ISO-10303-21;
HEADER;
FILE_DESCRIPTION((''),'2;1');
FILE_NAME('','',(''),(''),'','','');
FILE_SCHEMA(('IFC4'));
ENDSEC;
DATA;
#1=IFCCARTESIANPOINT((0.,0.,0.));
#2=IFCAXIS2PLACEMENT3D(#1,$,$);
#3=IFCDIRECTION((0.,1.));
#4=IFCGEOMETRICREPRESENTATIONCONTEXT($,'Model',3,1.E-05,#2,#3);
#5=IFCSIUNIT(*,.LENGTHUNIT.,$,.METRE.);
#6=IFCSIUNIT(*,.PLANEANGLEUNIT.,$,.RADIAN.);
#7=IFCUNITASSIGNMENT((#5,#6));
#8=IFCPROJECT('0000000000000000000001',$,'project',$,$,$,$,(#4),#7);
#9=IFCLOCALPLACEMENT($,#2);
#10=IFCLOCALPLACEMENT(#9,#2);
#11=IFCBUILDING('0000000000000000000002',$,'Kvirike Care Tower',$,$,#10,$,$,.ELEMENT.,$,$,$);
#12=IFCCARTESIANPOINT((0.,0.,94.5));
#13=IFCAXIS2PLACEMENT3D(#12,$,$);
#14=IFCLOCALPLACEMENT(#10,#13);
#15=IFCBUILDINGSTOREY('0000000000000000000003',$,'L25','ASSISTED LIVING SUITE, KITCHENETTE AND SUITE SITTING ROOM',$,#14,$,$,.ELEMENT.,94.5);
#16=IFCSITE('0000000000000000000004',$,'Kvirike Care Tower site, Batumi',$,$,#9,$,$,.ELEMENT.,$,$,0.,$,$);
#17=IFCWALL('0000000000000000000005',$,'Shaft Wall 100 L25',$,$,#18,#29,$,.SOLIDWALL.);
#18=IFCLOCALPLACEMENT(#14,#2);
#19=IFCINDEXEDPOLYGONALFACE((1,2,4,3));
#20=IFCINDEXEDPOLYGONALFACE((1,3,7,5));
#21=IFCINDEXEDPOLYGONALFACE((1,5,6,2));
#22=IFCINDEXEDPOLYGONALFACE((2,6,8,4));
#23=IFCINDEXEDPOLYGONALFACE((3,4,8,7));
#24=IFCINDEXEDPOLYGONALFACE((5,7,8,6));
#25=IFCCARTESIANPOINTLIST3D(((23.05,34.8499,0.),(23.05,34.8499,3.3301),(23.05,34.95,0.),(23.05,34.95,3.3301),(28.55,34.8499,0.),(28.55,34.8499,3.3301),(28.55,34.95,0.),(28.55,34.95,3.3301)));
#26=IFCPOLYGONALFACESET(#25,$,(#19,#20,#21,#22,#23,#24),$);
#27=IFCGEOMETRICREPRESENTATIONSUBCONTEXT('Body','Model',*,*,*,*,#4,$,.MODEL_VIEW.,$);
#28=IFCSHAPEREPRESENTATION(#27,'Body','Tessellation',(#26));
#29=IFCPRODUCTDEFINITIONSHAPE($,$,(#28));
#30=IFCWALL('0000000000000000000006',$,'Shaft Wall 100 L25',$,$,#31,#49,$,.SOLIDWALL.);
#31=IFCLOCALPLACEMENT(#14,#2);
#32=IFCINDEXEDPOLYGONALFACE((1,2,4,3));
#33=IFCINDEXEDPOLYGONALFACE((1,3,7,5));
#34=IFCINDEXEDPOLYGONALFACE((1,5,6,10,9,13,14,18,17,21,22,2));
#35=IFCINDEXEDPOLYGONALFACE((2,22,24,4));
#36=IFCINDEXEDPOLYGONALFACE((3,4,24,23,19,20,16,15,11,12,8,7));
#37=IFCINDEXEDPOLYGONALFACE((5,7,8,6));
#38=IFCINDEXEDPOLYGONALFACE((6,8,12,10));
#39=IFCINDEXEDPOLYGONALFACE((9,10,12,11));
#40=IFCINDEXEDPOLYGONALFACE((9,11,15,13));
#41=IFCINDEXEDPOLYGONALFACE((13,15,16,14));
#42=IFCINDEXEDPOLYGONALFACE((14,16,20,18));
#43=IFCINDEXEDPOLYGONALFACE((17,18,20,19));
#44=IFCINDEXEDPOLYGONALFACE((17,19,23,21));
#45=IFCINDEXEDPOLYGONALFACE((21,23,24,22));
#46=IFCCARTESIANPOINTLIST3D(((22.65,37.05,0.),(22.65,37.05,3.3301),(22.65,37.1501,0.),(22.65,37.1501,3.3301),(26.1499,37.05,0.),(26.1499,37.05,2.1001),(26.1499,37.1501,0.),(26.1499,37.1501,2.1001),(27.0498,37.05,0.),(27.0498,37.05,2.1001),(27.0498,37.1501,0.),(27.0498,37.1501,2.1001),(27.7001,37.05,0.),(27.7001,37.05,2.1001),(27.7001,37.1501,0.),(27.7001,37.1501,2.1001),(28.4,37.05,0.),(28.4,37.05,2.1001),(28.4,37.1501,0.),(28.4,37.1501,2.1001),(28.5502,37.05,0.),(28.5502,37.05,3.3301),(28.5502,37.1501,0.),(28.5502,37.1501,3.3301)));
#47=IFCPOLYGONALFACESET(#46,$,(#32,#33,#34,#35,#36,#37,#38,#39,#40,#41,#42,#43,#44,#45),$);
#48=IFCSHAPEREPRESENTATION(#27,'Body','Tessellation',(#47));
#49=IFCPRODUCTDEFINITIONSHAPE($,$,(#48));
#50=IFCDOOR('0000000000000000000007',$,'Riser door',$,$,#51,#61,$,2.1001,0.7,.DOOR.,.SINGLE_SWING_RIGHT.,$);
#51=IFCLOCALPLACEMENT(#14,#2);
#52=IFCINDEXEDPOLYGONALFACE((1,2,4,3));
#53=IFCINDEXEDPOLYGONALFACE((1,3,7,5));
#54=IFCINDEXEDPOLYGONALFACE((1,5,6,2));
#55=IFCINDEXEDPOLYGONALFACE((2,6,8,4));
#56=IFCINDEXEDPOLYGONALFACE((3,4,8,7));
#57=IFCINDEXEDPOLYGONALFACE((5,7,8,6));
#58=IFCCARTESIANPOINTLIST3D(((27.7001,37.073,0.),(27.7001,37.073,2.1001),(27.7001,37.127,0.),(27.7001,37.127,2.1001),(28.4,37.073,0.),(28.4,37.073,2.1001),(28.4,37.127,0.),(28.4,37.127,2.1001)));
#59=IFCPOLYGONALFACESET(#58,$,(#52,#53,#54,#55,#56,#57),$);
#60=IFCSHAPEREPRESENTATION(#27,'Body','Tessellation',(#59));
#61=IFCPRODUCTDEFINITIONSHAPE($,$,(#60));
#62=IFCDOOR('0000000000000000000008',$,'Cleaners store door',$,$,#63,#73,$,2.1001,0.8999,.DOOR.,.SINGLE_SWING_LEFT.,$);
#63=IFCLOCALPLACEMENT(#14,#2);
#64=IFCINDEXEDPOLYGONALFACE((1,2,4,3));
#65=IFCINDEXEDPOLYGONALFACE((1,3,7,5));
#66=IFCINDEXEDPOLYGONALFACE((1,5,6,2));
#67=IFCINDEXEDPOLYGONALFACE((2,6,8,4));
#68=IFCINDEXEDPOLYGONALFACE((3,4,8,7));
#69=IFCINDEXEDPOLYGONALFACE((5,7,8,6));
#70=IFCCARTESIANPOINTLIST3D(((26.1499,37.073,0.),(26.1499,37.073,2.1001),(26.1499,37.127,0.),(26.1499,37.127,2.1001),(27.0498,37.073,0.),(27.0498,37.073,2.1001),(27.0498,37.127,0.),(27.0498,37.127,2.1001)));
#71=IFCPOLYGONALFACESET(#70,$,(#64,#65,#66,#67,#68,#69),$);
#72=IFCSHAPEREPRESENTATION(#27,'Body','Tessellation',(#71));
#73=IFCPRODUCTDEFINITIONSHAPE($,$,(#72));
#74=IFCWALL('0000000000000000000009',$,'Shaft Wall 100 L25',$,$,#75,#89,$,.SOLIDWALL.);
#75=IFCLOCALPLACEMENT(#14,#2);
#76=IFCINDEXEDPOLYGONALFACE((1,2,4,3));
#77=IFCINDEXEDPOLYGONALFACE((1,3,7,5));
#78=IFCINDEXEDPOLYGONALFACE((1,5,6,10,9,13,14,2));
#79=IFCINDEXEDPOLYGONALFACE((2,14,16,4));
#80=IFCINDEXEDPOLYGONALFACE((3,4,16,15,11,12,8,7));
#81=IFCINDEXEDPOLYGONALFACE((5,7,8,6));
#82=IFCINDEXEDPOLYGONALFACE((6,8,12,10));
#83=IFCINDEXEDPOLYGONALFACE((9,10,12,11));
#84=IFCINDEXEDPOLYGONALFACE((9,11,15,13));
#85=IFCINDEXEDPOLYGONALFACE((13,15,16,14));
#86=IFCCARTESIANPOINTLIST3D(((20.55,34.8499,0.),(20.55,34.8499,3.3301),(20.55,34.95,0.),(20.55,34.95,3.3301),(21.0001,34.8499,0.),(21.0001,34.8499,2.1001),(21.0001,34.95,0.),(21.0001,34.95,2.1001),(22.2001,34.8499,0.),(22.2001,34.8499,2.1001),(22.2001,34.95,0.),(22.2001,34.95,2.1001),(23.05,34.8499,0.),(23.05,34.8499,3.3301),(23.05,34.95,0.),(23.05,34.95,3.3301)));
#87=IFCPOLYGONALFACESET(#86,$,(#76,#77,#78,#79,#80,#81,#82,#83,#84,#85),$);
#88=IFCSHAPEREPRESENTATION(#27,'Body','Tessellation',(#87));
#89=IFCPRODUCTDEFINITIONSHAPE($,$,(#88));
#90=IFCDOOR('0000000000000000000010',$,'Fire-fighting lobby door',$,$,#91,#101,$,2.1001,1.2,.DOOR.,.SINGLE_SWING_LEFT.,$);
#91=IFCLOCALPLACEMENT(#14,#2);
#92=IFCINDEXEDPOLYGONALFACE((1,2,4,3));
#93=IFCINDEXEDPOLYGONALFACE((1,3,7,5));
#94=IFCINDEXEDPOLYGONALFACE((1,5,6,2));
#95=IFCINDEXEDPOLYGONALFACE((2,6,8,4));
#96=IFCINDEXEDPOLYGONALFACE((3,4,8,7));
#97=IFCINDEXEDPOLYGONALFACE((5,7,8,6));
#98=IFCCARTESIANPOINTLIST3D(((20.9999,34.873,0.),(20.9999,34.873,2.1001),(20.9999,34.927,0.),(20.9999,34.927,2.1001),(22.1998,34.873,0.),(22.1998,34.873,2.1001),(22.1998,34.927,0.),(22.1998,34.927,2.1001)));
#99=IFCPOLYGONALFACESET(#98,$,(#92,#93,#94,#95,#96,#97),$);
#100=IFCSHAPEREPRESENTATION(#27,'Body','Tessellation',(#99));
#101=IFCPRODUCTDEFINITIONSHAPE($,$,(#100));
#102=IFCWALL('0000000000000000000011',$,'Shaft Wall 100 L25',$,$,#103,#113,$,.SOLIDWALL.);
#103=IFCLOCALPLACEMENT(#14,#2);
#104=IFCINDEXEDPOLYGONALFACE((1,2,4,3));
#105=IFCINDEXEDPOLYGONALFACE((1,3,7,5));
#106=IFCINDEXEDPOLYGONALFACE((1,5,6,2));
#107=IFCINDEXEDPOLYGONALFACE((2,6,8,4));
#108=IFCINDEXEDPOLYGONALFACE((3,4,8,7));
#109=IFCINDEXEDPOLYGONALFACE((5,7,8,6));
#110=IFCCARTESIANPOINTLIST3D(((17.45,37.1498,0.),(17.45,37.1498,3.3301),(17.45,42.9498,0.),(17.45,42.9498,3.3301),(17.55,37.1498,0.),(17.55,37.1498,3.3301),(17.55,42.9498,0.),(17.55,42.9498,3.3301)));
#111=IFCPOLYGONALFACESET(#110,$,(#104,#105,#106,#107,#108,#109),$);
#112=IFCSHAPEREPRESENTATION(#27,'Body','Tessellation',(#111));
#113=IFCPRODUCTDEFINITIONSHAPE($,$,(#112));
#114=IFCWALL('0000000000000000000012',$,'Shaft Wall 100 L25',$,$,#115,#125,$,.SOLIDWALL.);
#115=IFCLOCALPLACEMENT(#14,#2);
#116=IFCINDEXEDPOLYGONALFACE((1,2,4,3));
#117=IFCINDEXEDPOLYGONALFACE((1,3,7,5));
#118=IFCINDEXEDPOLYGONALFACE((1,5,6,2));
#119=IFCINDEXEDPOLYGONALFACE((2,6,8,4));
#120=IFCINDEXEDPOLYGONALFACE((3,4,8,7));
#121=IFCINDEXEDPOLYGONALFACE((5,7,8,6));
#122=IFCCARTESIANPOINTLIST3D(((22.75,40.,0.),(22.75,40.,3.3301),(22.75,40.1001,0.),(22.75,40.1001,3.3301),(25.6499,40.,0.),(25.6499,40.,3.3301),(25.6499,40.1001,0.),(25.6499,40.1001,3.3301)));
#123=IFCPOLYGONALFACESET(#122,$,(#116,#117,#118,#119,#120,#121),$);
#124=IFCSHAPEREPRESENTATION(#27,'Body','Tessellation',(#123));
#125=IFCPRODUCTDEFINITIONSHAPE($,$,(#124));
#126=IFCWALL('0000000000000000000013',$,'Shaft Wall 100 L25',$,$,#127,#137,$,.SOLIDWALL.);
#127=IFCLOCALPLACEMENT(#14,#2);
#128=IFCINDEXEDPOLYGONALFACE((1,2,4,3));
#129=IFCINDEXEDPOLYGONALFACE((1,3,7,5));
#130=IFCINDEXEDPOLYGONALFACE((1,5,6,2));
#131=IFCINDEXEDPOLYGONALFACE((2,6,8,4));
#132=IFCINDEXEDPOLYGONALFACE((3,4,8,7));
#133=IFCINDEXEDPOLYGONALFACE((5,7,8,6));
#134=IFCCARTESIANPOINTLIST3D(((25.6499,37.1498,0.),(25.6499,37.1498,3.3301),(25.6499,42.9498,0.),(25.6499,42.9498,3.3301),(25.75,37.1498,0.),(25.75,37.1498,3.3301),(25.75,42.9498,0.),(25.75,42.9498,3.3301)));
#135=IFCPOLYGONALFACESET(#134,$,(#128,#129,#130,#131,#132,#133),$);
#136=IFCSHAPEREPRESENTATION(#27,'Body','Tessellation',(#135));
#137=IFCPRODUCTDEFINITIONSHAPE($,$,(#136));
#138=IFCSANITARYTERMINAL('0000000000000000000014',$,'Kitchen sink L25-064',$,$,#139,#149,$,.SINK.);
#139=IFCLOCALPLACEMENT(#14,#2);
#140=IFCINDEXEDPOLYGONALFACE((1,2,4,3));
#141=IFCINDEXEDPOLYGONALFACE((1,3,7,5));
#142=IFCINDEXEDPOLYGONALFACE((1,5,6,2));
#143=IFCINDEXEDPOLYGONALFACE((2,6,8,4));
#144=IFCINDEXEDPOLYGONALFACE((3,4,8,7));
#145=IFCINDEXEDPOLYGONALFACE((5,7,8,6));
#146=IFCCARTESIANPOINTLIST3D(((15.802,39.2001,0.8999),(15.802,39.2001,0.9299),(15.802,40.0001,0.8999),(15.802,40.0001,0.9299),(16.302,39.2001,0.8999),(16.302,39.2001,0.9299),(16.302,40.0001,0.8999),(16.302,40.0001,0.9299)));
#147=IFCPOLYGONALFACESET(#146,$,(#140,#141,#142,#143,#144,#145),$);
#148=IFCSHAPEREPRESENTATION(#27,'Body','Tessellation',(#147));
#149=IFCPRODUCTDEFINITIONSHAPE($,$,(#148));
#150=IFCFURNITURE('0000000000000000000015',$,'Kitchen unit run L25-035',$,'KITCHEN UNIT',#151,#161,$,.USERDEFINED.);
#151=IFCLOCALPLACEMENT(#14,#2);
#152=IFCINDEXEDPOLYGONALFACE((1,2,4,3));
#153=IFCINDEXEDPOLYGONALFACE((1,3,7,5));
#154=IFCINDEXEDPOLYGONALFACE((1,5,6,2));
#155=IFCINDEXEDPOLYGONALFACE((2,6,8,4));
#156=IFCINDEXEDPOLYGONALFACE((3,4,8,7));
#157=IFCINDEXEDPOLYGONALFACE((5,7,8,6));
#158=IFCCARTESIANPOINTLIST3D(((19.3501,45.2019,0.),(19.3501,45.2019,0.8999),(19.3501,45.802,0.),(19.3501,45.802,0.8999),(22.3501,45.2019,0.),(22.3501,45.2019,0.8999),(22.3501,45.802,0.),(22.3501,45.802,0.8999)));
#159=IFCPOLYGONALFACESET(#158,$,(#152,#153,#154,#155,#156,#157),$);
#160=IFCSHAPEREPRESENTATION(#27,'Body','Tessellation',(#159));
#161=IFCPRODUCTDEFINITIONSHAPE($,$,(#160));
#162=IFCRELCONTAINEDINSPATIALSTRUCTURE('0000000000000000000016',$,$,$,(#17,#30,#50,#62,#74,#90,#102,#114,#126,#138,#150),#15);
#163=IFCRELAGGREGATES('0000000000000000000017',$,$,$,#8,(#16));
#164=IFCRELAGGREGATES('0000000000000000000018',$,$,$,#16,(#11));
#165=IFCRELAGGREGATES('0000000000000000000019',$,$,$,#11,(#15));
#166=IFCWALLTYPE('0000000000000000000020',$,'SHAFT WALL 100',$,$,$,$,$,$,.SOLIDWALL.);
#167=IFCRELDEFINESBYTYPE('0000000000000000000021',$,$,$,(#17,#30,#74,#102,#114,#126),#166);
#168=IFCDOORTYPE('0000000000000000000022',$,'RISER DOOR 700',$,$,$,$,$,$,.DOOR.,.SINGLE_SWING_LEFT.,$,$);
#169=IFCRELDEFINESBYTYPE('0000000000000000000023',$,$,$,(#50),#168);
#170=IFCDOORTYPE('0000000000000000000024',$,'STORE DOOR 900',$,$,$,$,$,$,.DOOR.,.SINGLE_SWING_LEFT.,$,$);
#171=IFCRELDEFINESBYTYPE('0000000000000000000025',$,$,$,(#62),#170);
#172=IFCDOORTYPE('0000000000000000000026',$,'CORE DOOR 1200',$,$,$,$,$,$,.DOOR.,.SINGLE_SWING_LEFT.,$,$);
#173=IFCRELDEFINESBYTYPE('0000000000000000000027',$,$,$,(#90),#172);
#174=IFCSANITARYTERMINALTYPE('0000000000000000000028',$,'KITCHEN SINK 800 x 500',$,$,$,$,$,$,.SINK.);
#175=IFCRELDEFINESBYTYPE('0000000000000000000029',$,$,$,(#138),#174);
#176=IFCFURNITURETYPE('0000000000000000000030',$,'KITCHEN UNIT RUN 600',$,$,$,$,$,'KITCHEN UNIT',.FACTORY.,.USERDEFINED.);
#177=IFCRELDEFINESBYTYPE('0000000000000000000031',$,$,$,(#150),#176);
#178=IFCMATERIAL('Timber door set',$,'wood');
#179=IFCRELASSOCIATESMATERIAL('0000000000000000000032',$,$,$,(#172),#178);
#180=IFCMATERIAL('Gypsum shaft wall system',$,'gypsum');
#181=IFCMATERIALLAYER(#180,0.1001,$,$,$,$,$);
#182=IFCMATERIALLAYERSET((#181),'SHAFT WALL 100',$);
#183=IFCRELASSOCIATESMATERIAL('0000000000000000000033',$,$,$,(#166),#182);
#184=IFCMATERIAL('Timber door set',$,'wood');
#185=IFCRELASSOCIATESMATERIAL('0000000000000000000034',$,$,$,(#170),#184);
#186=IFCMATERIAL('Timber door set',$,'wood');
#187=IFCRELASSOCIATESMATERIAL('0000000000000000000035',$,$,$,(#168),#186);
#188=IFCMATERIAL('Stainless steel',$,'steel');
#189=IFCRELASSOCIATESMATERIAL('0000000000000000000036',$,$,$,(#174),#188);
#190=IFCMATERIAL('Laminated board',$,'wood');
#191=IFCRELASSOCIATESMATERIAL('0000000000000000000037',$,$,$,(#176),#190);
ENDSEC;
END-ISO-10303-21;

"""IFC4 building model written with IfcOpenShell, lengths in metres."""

from ifc_helpers import new_model, si_unit, direction, frame, frame_2d, origin, origin_2d, place, context, subcontext, project, spatial, rectangle, extrude, material, layer, layer_set, type_object, element, fill, save


model = new_model("IFC4")

# Units and contexts
model_context = context("Model", 3, precision=1e-05, world=origin(), true_north=direction((0.0, 1.0)))
body_context = subcontext(model_context, "Body", "Model", "MODEL_VIEW")
ifc_project = project(units=[si_unit("LENGTHUNIT", "METRE"), si_unit("PLANEANGLEUNIT", "RADIAN")], contexts=[model_context])

# Site, building, storey
site_placement = place(None, origin())
site = spatial("IfcSite", under=ifc_project, at=site_placement, Name="Kvirike Care Tower site, Batumi", CompositionType="ELEMENT", RefElevation=0.0)
building_placement = place(site_placement, origin())
building = spatial("IfcBuilding", under=site, at=building_placement, Name="Kvirike Care Tower", CompositionType="ELEMENT")
storey_placement = place(building_placement, frame((0.0, 0.0, 94.5)))
storey = spatial("IfcBuildingStorey", under=building, at=storey_placement, Name="L25", Description="ASSISTED LIVING SUITE, KITCHENETTE AND SUITE SITTING ROOM", CompositionType="ELEMENT", Elevation=94.5)

# Shared definitions
ifc_material_1 = material(Name="Timber door set", Category="wood")
door_type_1 = type_object("IfcDoorType", Name="CORE DOOR 1200", OperationType="SINGLE_SWING_LEFT", PredefinedType="DOOR", material=ifc_material_1)

# Shared definitions
ifc_material_2 = material(Name="Gypsum shaft wall system", Category="gypsum")
ifc_layer_1 = layer(ifc_material_2, 0.1001)
ifc_layer_set_1 = layer_set([ifc_layer_1], Name="SHAFT WALL 100")
wall_type_1 = type_object("IfcWallType", Name="SHAFT WALL 100", PredefinedType="SOLIDWALL", material=ifc_layer_set_1)

# Shared definitions
ifc_material_3 = material(Name="Timber door set", Category="wood")
door_type_2 = type_object("IfcDoorType", Name="STORE DOOR 900", OperationType="SINGLE_SWING_LEFT", PredefinedType="DOOR", material=ifc_material_3)

# Wall
wall_1_placement = place(storey_placement, frame((23.05, 34.8999, 0.0), z_axis=(0.0, 0.0, 1.0), x_axis=(1.0, 0.0, 0.0)))
element("IfcWall", 1, at=wall_1_placement, inside=storey, type_object=wall_type_1, Name="Shaft Wall 100 L25", PredefinedType="SOLIDWALL", context=body_context, shape_type="SweptSolid", body=[
    extrude(rectangle(XDim=5.5, YDim=0.1001, at=frame_2d((2.75, 0.0))), origin(), (0.0, 0.0, 1.0), 3.3301),
])

# Wall, openings, doors
wall_2_placement = place(storey_placement, frame((22.6499, 37.1001, 0.0), z_axis=(0.0, 0.0, 1.0), x_axis=(1.0, 0.0, 0.0)))
wall_2 = element("IfcWall", 2, at=wall_2_placement, inside=storey, type_object=wall_type_1, Name="Shaft Wall 100 L25", PredefinedType="SOLIDWALL", context=body_context, shape_type="SweptSolid", body=[
    extrude(rectangle(XDim=5.9001, YDim=0.1001, at=frame_2d((2.9502, 0.0))), origin(), (0.0, 0.0, 1.0), 3.3301),
])
opening_1_placement = place(wall_2_placement, frame((3.5, 0.0, 0.0)))
opening_1 = element("IfcOpeningElement", 3, at=opening_1_placement, cuts=wall_2, PredefinedType="OPENING", context=body_context, shape_type="SweptSolid", body=[
    extrude(rectangle(XDim=0.8999, YDim=2.1001, at=frame_2d((0.45, 1.05))), frame((0.0, 0.0605, 0.0), z_axis=(0.0, -1.0, 0.0), x_axis=(1.0, 0.0, 0.0)), (0.0, 0.0, 1.0), 0.1211),
])
opening_2_placement = place(wall_2_placement, frame((5.05, 0.0, 0.0)))
opening_2 = element("IfcOpeningElement", 4, at=opening_2_placement, cuts=wall_2, PredefinedType="OPENING", context=body_context, shape_type="SweptSolid", body=[
    extrude(rectangle(XDim=0.7, YDim=2.1001, at=frame_2d((0.3501, 1.05))), frame((0.0, 0.0605, 0.0), z_axis=(0.0, -1.0, 0.0), x_axis=(1.0, 0.0, 0.0)), (0.0, 0.0, 1.0), 0.1211),
])
ifc_material_4 = material(Name="Timber door set", Category="wood")
door_type_3 = type_object("IfcDoorType", Name="RISER DOOR 700", OperationType="SINGLE_SWING_LEFT", PredefinedType="DOOR", material=ifc_material_4)
door_1_placement = place(opening_2_placement, origin())
door_1 = element("IfcDoor", 5, at=door_1_placement, inside=storey, type_object=door_type_3, Name="Riser door", OperationType="SINGLE_SWING_RIGHT", OverallHeight=2.1001, OverallWidth=0.7, PredefinedType="DOOR", context=body_context, shape_type="SweptSolid", body=[
    extrude(rectangle(XDim=0.7, YDim=2.1001, at=frame_2d((0.3501, 1.05))), frame((0.0, 0.0269, 0.0), z_axis=(0.0, -1.0, 0.0), x_axis=(1.0, 0.0, 0.0)), (0.0, 0.0, 1.0), 0.054),
])
fill(opening_2, door_1)
door_2_placement = place(opening_1_placement, origin())
door_2 = element("IfcDoor", 6, at=door_2_placement, inside=storey, type_object=door_type_2, Name="Cleaners store door", OperationType="SINGLE_SWING_LEFT", OverallHeight=2.1001, OverallWidth=0.8999, PredefinedType="DOOR", context=body_context, shape_type="SweptSolid", body=[
    extrude(rectangle(XDim=0.8999, YDim=2.1001, at=frame_2d((0.45, 1.05))), frame((0.0, 0.0269, 0.0), z_axis=(0.0, -1.0, 0.0), x_axis=(1.0, 0.0, 0.0)), (0.0, 0.0, 1.0), 0.054),
])
fill(opening_1, door_2)

# Wall, opening, door
wall_3_placement = place(storey_placement, frame((20.55, 34.8999, 0.0), z_axis=(0.0, 0.0, 1.0), x_axis=(1.0, 0.0, 0.0)))
wall_3 = element("IfcWall", 7, at=wall_3_placement, inside=storey, type_object=wall_type_1, Name="Shaft Wall 100 L25", PredefinedType="SOLIDWALL", context=body_context, shape_type="SweptSolid", body=[
    extrude(rectangle(XDim=2.5, YDim=0.1001, at=frame_2d((1.25, 0.0))), origin(), (0.0, 0.0, 1.0), 3.3301),
])
opening_3_placement = place(wall_3_placement, frame((0.45, 0.0, 0.0)))
opening_3 = element("IfcOpeningElement", 8, at=opening_3_placement, cuts=wall_3, PredefinedType="OPENING", context=body_context, shape_type="SweptSolid", body=[
    extrude(rectangle(XDim=1.2, YDim=2.1001, at=frame_2d((0.6001, 1.05))), frame((0.0, 0.0605, 0.0), z_axis=(0.0, -1.0, 0.0), x_axis=(1.0, 0.0, 0.0)), (0.0, 0.0, 1.0), 0.1211),
])
door_3_placement = place(opening_3_placement, frame((1.2, 0.0, 0.0), z_axis=(0.0, 0.0, 1.0), x_axis=(-1.0, 0.0, 0.0)))
door_3 = element("IfcDoor", 9, at=door_3_placement, inside=storey, type_object=door_type_1, Name="Fire-fighting lobby door", OperationType="SINGLE_SWING_LEFT", OverallHeight=2.1001, OverallWidth=1.2, PredefinedType="DOOR", context=body_context, shape_type="SweptSolid", body=[
    extrude(rectangle(XDim=1.2, YDim=2.1001, at=frame_2d((0.6001, 1.05))), frame((0.0, 0.0269, 0.0), z_axis=(0.0, -1.0, 0.0), x_axis=(1.0, 0.0, 0.0)), (0.0, 0.0, 1.0), 0.054),
])
fill(opening_3, door_3)

# Walls
wall_4_placement = place(storey_placement, frame((17.5, 37.1499, 0.0), z_axis=(0.0, 0.0, 1.0), x_axis=(0.0, 1.0, 0.0)))
element("IfcWall", 10, at=wall_4_placement, inside=storey, type_object=wall_type_1, Name="Shaft Wall 100 L25", PredefinedType="SOLIDWALL", context=body_context, shape_type="SweptSolid", body=[
    extrude(rectangle(XDim=5.8, YDim=0.1001, at=frame_2d((2.8999, 0.0))), origin(), (0.0, 0.0, 1.0), 3.3301),
])
wall_5_placement = place(storey_placement, frame((22.75, 40.05, 0.0), z_axis=(0.0, 0.0, 1.0), x_axis=(1.0, 0.0, 0.0)))
element("IfcWall", 11, at=wall_5_placement, inside=storey, type_object=wall_type_1, Name="Shaft Wall 100 L25", PredefinedType="SOLIDWALL", context=body_context, shape_type="SweptSolid", body=[
    extrude(rectangle(XDim=2.8999, YDim=0.1001, at=frame_2d((1.45, 0.0))), origin(), (0.0, 0.0, 1.0), 3.3301),
])
wall_6_placement = place(storey_placement, frame((25.7, 37.1499, 0.0), z_axis=(0.0, 0.0, 1.0), x_axis=(0.0, 1.0, 0.0)))
element("IfcWall", 12, at=wall_6_placement, inside=storey, type_object=wall_type_1, Name="Shaft Wall 100 L25", PredefinedType="SOLIDWALL", context=body_context, shape_type="SweptSolid", body=[
    extrude(rectangle(XDim=5.8, YDim=0.1001, at=frame_2d((2.8999, 0.0))), origin(), (0.0, 0.0, 1.0), 3.3301),
])

# Sanitary terminal
ifc_material_5 = material(Name="Stainless steel", Category="steel")
sanitary_terminal_type = type_object("IfcSanitaryTerminalType", Name="KITCHEN SINK 800 x 500", PredefinedType="SINK", material=ifc_material_5)
sanitary_terminal_placement = place(storey_placement, frame((16.052, 39.6001, 0.8999), z_axis=(0.0, 0.0, 1.0), x_axis=(0.0, 1.0, 0.0)))
element("IfcSanitaryTerminal", 13, at=sanitary_terminal_placement, inside=storey, type_object=sanitary_terminal_type, Name="Kitchen sink L25-064", PredefinedType="SINK", context=body_context, shape_type="SweptSolid", body=[
    extrude(rectangle(XDim=0.8, YDim=0.5, at=origin_2d()), origin(), (0.0, 0.0, 1.0), 0.03),
])

# Furniture
ifc_material_6 = material(Name="Laminated board", Category="wood")
furniture_type = type_object("IfcFurnitureType", Name="KITCHEN UNIT RUN 600", ElementType="KITCHEN UNIT", AssemblyPlace="FACTORY", PredefinedType="USERDEFINED", material=ifc_material_6)
furniture_placement = place(storey_placement, frame((20.8501, 45.502, 0.0), z_axis=(0.0, 0.0, 1.0), x_axis=(-1.0, 0.0, 0.0)))
element("IfcFurniture", 14, at=furniture_placement, inside=storey, type_object=furniture_type, Name="Kitchen unit run L25-035", ObjectType="KITCHEN UNIT", PredefinedType="USERDEFINED", context=body_context, shape_type="SweptSolid", body=[
    extrude(rectangle(XDim=3.0, YDim=0.6001, at=origin_2d()), origin(), (0.0, 0.0, 1.0), 0.8999),
])

save(model, "model.ifc")
